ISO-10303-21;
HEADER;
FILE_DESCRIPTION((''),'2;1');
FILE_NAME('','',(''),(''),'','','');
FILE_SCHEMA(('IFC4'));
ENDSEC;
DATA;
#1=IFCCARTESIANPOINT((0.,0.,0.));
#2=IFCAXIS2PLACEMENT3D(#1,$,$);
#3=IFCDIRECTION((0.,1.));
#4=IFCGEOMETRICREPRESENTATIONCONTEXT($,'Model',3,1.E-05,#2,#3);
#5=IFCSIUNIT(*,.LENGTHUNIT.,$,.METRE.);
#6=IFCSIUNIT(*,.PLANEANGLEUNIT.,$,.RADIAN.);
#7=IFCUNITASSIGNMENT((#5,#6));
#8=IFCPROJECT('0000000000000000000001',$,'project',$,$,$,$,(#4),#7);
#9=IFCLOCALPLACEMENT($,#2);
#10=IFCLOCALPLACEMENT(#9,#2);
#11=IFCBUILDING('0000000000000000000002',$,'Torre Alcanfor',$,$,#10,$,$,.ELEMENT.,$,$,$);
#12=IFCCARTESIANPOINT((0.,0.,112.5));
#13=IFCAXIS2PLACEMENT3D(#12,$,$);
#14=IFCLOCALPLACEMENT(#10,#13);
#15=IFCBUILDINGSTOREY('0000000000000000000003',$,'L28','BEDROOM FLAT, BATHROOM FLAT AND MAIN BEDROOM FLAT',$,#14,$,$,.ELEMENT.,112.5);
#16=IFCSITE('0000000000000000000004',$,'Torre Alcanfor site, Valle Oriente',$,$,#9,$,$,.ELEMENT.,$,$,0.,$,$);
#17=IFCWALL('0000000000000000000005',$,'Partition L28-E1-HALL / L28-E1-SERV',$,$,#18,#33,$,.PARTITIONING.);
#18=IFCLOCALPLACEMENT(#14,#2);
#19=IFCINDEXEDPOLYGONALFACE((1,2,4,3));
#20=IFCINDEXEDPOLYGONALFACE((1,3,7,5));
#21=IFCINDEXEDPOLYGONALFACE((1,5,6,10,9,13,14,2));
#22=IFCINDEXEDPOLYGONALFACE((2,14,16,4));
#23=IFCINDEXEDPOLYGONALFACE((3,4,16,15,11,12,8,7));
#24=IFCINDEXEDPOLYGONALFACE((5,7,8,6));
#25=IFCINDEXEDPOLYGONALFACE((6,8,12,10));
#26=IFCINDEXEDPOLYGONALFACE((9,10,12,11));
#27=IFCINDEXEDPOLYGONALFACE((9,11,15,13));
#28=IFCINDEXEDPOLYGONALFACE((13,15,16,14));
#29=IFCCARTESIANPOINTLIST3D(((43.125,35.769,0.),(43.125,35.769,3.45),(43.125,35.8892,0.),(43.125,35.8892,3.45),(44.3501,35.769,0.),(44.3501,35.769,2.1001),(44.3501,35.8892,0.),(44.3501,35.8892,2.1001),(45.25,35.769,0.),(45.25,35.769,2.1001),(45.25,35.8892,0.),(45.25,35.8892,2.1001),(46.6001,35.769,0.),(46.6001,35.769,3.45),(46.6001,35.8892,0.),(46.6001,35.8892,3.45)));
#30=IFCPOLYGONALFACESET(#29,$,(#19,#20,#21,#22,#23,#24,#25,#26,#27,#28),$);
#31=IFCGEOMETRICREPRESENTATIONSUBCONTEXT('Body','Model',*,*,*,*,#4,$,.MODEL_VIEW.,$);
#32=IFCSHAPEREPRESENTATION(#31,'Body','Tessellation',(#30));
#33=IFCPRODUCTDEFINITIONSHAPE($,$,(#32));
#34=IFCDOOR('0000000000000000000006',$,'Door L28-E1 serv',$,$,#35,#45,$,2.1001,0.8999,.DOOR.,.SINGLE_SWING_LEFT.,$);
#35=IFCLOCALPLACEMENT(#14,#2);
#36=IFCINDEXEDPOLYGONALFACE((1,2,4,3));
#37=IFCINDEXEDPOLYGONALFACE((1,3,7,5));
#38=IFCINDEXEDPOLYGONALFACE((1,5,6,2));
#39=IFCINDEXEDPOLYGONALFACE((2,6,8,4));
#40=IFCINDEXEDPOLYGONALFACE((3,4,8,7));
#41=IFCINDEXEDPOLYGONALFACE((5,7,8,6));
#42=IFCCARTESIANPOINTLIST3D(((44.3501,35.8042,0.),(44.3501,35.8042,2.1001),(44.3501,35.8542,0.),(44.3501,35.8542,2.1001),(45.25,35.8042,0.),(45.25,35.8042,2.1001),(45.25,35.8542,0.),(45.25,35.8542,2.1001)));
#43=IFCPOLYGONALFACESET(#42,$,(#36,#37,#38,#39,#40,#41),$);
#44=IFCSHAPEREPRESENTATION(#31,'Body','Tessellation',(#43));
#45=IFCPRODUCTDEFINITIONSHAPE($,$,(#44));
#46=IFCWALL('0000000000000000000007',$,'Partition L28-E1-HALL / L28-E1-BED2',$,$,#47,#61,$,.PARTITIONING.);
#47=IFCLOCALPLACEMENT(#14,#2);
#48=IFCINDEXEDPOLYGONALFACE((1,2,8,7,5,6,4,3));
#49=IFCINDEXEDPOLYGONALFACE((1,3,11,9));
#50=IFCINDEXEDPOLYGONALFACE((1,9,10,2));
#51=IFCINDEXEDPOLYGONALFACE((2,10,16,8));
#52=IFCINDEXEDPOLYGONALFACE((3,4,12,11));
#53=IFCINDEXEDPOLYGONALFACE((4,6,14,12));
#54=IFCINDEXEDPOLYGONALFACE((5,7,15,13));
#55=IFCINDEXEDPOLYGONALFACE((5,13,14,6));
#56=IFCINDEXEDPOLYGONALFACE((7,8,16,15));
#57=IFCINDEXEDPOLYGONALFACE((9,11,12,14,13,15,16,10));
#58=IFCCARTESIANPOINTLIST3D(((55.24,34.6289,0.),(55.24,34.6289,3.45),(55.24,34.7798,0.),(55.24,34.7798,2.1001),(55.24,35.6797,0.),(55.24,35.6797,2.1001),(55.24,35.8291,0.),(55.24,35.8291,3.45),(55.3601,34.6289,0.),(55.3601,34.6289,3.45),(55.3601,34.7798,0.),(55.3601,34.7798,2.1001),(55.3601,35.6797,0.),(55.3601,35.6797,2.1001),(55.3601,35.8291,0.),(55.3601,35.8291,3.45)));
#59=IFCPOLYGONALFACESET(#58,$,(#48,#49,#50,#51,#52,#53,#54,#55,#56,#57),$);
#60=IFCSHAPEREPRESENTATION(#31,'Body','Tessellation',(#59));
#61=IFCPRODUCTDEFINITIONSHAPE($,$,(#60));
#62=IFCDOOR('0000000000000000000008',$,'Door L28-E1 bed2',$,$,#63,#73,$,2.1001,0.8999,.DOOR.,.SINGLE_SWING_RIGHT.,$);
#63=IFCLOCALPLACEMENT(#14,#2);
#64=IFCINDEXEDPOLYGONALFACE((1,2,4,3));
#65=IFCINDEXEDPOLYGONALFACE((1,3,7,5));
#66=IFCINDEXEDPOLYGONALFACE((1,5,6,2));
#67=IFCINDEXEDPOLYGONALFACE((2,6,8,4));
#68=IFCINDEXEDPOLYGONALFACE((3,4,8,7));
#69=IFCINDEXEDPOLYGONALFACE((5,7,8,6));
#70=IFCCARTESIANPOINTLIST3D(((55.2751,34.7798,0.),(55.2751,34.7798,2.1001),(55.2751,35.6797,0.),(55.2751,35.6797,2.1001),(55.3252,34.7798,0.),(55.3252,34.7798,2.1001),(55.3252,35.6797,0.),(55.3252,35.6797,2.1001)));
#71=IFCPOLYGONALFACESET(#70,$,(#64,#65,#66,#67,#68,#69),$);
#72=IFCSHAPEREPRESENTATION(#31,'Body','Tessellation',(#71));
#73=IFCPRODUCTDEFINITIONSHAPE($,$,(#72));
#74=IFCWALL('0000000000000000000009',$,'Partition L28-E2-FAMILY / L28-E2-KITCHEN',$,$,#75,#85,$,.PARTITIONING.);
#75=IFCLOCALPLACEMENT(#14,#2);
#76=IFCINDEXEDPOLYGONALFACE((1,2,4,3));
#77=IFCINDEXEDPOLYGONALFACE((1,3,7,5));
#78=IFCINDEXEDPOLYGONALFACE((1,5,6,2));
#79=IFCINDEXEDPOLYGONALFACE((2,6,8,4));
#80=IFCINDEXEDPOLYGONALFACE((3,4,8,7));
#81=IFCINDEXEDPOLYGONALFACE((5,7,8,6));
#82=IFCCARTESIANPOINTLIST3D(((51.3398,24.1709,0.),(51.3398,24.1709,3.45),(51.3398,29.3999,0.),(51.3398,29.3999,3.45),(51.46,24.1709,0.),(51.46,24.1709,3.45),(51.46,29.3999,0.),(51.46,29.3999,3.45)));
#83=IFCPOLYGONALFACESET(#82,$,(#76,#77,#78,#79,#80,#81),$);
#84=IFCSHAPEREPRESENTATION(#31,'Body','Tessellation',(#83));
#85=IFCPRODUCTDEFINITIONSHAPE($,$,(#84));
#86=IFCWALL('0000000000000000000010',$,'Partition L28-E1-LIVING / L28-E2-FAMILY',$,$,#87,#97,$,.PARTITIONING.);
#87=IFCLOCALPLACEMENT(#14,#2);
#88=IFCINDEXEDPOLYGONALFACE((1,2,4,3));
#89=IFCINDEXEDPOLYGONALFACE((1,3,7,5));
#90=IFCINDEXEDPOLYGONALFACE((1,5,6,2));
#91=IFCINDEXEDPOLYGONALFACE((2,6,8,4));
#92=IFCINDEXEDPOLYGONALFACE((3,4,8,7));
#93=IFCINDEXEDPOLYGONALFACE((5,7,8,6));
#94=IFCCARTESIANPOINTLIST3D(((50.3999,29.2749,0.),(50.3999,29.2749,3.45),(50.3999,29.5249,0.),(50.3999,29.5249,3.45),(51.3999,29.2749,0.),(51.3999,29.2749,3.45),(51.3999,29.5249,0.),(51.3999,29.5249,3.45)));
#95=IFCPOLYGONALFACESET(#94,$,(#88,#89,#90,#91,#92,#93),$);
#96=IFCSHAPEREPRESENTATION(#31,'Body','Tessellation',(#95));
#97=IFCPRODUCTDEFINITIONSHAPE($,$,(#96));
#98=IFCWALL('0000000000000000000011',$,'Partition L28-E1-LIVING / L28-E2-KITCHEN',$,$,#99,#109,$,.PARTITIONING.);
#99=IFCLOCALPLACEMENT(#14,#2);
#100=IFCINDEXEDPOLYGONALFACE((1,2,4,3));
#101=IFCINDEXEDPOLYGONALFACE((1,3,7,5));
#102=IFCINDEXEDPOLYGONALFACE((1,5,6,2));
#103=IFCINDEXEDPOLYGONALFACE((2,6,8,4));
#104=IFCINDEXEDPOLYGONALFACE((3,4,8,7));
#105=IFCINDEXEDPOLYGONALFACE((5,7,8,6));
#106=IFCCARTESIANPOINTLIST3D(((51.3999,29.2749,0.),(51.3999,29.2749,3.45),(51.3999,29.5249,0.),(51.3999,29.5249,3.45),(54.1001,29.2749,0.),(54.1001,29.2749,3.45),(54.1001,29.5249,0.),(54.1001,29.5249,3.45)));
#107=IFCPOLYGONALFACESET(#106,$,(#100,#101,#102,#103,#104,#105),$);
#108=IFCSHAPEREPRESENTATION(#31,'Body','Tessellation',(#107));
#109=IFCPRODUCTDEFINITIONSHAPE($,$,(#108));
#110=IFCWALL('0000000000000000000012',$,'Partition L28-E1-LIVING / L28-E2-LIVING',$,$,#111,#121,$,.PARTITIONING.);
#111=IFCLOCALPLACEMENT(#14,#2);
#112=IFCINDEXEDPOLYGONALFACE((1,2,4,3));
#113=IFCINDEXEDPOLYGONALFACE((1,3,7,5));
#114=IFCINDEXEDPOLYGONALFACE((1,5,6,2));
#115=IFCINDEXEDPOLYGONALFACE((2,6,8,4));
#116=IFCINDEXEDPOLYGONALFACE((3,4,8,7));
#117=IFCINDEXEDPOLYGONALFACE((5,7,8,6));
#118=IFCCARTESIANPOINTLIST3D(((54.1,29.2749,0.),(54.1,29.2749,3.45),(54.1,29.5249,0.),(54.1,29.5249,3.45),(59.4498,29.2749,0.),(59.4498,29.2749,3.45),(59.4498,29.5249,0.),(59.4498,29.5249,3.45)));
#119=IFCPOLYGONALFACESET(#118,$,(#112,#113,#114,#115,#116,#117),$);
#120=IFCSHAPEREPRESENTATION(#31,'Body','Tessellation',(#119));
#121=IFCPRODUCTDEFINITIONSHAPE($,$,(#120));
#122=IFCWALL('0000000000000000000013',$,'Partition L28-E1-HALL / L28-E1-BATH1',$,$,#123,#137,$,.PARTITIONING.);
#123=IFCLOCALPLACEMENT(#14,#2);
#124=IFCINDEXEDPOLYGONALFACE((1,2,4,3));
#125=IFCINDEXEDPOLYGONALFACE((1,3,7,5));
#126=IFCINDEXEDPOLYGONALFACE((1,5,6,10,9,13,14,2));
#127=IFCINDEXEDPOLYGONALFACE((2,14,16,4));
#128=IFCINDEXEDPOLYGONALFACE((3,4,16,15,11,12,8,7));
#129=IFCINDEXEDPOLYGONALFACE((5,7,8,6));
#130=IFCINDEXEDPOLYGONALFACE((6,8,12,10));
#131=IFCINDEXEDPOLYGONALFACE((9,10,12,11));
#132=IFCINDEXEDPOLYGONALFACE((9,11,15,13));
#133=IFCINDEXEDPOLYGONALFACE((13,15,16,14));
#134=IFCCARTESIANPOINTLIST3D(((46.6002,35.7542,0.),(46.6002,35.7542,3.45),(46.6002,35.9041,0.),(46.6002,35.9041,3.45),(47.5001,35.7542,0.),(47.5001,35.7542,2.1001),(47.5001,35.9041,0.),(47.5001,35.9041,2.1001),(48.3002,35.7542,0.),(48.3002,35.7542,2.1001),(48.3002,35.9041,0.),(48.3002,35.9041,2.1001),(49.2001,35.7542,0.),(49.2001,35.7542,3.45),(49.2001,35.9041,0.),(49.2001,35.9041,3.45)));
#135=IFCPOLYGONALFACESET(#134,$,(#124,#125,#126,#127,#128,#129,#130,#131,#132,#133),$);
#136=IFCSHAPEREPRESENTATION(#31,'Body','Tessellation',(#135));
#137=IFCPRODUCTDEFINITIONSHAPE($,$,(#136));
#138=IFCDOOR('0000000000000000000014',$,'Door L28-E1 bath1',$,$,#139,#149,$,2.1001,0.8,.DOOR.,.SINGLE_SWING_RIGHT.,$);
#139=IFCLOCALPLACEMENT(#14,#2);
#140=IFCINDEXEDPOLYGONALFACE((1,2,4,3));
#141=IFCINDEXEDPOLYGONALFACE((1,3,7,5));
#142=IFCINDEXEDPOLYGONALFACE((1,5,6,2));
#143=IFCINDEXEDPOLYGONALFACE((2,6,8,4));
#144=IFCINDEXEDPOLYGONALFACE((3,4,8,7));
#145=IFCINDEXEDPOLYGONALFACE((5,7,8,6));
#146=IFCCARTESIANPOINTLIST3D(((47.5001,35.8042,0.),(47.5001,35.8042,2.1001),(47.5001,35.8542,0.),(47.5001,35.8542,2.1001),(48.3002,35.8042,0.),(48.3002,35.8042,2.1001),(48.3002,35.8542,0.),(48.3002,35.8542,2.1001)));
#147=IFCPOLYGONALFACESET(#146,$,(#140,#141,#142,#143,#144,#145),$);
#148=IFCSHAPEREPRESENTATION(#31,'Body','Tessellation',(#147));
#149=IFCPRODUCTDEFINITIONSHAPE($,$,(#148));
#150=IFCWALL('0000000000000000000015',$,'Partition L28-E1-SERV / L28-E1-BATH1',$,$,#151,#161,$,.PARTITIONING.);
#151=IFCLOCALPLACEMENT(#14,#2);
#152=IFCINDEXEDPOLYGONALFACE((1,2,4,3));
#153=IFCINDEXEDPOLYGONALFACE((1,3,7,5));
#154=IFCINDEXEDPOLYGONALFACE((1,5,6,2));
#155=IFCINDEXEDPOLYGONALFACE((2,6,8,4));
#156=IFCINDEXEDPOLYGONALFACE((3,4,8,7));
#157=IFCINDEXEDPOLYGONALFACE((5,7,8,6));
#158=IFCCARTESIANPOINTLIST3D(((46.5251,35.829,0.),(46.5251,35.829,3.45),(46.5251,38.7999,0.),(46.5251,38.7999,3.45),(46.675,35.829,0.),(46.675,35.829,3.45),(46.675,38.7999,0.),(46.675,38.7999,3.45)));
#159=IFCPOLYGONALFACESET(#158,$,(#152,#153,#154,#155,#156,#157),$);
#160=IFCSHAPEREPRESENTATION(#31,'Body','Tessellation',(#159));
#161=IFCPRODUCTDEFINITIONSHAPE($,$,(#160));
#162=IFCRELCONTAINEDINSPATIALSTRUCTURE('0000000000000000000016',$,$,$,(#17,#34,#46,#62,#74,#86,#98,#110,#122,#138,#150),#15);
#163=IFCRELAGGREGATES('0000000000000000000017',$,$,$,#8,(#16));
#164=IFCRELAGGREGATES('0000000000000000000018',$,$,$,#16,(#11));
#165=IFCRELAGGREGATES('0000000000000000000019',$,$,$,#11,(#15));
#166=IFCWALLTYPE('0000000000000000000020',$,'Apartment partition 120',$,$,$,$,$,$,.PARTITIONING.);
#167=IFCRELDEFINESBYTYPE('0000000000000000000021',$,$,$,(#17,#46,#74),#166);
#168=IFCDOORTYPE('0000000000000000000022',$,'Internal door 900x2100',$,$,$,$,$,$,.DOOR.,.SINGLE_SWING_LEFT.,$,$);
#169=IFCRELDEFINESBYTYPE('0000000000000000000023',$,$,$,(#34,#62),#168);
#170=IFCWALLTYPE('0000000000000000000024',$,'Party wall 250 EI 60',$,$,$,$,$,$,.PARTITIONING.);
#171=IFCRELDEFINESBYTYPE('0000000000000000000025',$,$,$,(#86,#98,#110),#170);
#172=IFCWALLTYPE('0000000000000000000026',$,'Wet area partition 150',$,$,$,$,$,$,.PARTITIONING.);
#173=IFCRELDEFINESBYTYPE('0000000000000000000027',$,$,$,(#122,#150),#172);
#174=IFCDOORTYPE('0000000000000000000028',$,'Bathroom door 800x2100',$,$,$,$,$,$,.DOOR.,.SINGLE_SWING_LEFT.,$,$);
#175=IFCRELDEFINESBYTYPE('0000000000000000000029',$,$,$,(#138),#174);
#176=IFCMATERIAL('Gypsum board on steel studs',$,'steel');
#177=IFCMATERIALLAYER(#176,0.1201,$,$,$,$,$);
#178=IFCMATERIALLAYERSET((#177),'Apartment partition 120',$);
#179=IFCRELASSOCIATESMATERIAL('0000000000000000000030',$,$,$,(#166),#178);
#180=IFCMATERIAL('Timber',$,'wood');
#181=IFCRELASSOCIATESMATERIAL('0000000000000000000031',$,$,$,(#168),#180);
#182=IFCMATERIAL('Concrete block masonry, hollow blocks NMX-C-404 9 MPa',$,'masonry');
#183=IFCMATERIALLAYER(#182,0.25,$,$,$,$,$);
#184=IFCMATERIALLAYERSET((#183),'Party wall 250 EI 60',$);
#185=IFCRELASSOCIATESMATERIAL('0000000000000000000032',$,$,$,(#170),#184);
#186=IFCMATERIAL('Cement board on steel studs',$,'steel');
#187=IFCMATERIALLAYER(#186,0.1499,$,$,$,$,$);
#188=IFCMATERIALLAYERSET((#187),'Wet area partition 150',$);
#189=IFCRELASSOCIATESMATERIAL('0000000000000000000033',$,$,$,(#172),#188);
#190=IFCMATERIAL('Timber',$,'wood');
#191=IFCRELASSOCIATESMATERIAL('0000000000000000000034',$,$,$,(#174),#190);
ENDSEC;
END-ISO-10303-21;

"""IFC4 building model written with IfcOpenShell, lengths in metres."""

from ifc_helpers import new_model, si_unit, direction, frame, frame_2d, origin, place, context, subcontext, project, spatial, rectangle, extrude, material, layer, layer_set, type_object, element, fill, save


model = new_model("IFC4")

# Units and contexts
model_context = context("Model", 3, precision=1e-05, world=origin(), true_north=direction((0.0, 1.0)))
body_context = subcontext(model_context, "Body", "Model", "MODEL_VIEW")
ifc_project = project(units=[si_unit("LENGTHUNIT", "METRE"), si_unit("PLANEANGLEUNIT", "RADIAN")], contexts=[model_context])

# Site, building, storey
site_placement = place(None, origin())
site = spatial("IfcSite", under=ifc_project, at=site_placement, Name="Torre Alcanfor site, Valle Oriente", CompositionType="ELEMENT", RefElevation=0.0)
building_placement = place(site_placement, origin())
building = spatial("IfcBuilding", under=site, at=building_placement, Name="Torre Alcanfor", CompositionType="ELEMENT")
storey_placement = place(building_placement, frame((0.0, 0.0, 112.5)))
storey = spatial("IfcBuildingStorey", under=building, at=storey_placement, Name="L28", Description="BEDROOM FLAT, BATHROOM FLAT AND MAIN BEDROOM FLAT", CompositionType="ELEMENT", Elevation=112.5)

# Shared definitions
ifc_material_1 = material(Name="Gypsum board on steel studs", Category="steel")
ifc_layer_1 = layer(ifc_material_1, 0.1201)
ifc_layer_set_1 = layer_set([ifc_layer_1], Name="Apartment partition 120")
wall_type_1 = type_object("IfcWallType", Name="Apartment partition 120", PredefinedType="PARTITIONING", material=ifc_layer_set_1)
ifc_material_2 = material(Name="Timber", Category="wood")
door_type_1 = type_object("IfcDoorType", Name="Internal door 900x2100", OperationType="SINGLE_SWING_LEFT", PredefinedType="DOOR", material=ifc_material_2)

# Walls, openings, doors
wall_1_placement = place(storey_placement, frame((46.6001, 35.8291, 0.0), z_axis=(0.0, 0.0, 1.0), x_axis=(-1.0, 0.0, 0.0)))
wall_1 = element("IfcWall", 1, at=wall_1_placement, inside=storey, type_object=wall_type_1, Name="Partition L28-E1-HALL / L28-E1-SERV", PredefinedType="PARTITIONING", context=body_context, shape_type="SweptSolid", body=[
    extrude(rectangle(XDim=3.4751, YDim=0.1201, at=frame_2d((1.7375, 0.0))), origin(), (0.0, 0.0, 1.0), 3.45),
])
opening_1_placement = place(wall_1_placement, frame((1.3501, 0.0, 0.0)))
opening_1 = element("IfcOpeningElement", 2, at=opening_1_placement, cuts=wall_1, PredefinedType="OPENING", context=body_context, shape_type="SweptSolid", body=[
    extrude(rectangle(XDim=0.8999, YDim=2.1001, at=frame_2d((0.45, 1.05))), frame((0.0, 0.0701, 0.0), z_axis=(0.0, -1.0, 0.0), x_axis=(1.0, 0.0, 0.0)), (0.0, 0.0, 1.0), 0.1401),
])
door_1_placement = place(opening_1_placement, frame((0.8999, 0.0, 0.0), z_axis=(0.0, 0.0, 1.0), x_axis=(-1.0, 0.0, 0.0)))
door_1 = element("IfcDoor", 3, at=door_1_placement, inside=storey, type_object=door_type_1, Name="Door L28-E1 serv", OperationType="SINGLE_SWING_LEFT", OverallHeight=2.1001, OverallWidth=0.8999, PredefinedType="DOOR", context=body_context, shape_type="SweptSolid", body=[
    extrude(rectangle(XDim=0.8999, YDim=2.1001, at=frame_2d((0.45, 1.05))), frame((0.0, 0.0251, 0.0), z_axis=(0.0, -1.0, 0.0), x_axis=(1.0, 0.0, 0.0)), (0.0, 0.0, 1.0), 0.05),
])
fill(opening_1, door_1)
wall_2_placement = place(storey_placement, frame((55.3, 34.6289, 0.0), z_axis=(0.0, 0.0, 1.0), x_axis=(0.0, 1.0, 0.0)))
wall_2 = element("IfcWall", 4, at=wall_2_placement, inside=storey, type_object=wall_type_1, Name="Partition L28-E1-HALL / L28-E1-BED2", PredefinedType="PARTITIONING", context=body_context, shape_type="SweptSolid", body=[
    extrude(rectangle(XDim=1.2002, YDim=0.1201, at=frame_2d((0.6001, 0.0))), origin(), (0.0, 0.0, 1.0), 3.45),
])
opening_2_placement = place(wall_2_placement, frame((0.1509, 0.0, 0.0)))
opening_2 = element("IfcOpeningElement", 5, at=opening_2_placement, cuts=wall_2, PredefinedType="OPENING", context=body_context, shape_type="SweptSolid", body=[
    extrude(rectangle(XDim=0.8999, YDim=2.1001, at=frame_2d((0.45, 1.05))), frame((0.0, 0.0701, 0.0), z_axis=(0.0, -1.0, 0.0), x_axis=(1.0, 0.0, 0.0)), (0.0, 0.0, 1.0), 0.1401),
])
door_2_placement = place(opening_2_placement, frame((0.8999, 0.0, 0.0), z_axis=(0.0, 0.0, 1.0), x_axis=(-1.0, 0.0, 0.0)))
door_2 = element("IfcDoor", 6, at=door_2_placement, inside=storey, type_object=door_type_1, Name="Door L28-E1 bed2", OperationType="SINGLE_SWING_RIGHT", OverallHeight=2.1001, OverallWidth=0.8999, PredefinedType="DOOR", context=body_context, shape_type="SweptSolid", body=[
    extrude(rectangle(XDim=0.8999, YDim=2.1001, at=frame_2d((0.45, 1.05))), frame((0.0, 0.0251, 0.0), z_axis=(0.0, -1.0, 0.0), x_axis=(1.0, 0.0, 0.0)), (0.0, 0.0, 1.0), 0.05),
])
fill(opening_2, door_2)

# Walls
wall_3_placement = place(storey_placement, frame((51.3999, 29.3999, 0.0), z_axis=(0.0, 0.0, 1.0), x_axis=(0.0, -1.0, 0.0)))
element("IfcWall", 7, at=wall_3_placement, inside=storey, type_object=wall_type_1, Name="Partition L28-E2-FAMILY / L28-E2-KITCHEN", PredefinedType="PARTITIONING", context=body_context, shape_type="SweptSolid", body=[
    extrude(rectangle(XDim=5.229, YDim=0.1201, at=frame_2d((2.6145, 0.0))), origin(), (0.0, 0.0, 1.0), 3.45),
])
ifc_material_3 = material(Name="Concrete block masonry, hollow blocks NMX-C-404 9 MPa", Category="masonry")
ifc_layer_2 = layer(ifc_material_3, 0.25)
ifc_layer_set_2 = layer_set([ifc_layer_2], Name="Party wall 250 EI 60")
wall_type_2 = type_object("IfcWallType", Name="Party wall 250 EI 60", PredefinedType="PARTITIONING", material=ifc_layer_set_2)
wall_4_placement = place(storey_placement, frame((50.3999, 29.3999, 0.0), z_axis=(0.0, 0.0, 1.0), x_axis=(1.0, 0.0, 0.0)))
element("IfcWall", 8, at=wall_4_placement, inside=storey, type_object=wall_type_2, Name="Partition L28-E1-LIVING / L28-E2-FAMILY", PredefinedType="PARTITIONING", context=body_context, shape_type="SweptSolid", body=[
    extrude(rectangle(XDim=1.0, YDim=0.25, at=frame_2d((0.5, 0.0))), origin(), (0.0, 0.0, 1.0), 3.45),
])
wall_5_placement = place(storey_placement, frame((51.3999, 29.3999, 0.0), z_axis=(0.0, 0.0, 1.0), x_axis=(1.0, 0.0, 0.0)))
element("IfcWall", 9, at=wall_5_placement, inside=storey, type_object=wall_type_2, Name="Partition L28-E1-LIVING / L28-E2-KITCHEN", PredefinedType="PARTITIONING", context=body_context, shape_type="SweptSolid", body=[
    extrude(rectangle(XDim=2.7002, YDim=0.25, at=frame_2d((1.3501, 0.0))), origin(), (0.0, 0.0, 1.0), 3.45),
])
wall_6_placement = place(storey_placement, frame((54.1001, 29.3999, 0.0), z_axis=(0.0, 0.0, 1.0), x_axis=(1.0, 0.0, 0.0)))
element("IfcWall", 10, at=wall_6_placement, inside=storey, type_object=wall_type_2, Name="Partition L28-E1-LIVING / L28-E2-LIVING", PredefinedType="PARTITIONING", context=body_context, shape_type="SweptSolid", body=[
    extrude(rectangle(XDim=5.3499, YDim=0.25, at=frame_2d((2.6748, 0.0))), origin(), (0.0, 0.0, 1.0), 3.45),
])

# Wall, opening, door
ifc_material_4 = material(Name="Cement board on steel studs", Category="steel")
ifc_layer_3 = layer(ifc_material_4, 0.1499)
ifc_layer_set_3 = layer_set([ifc_layer_3], Name="Wet area partition 150")
wall_type_3 = type_object("IfcWallType", Name="Wet area partition 150", PredefinedType="PARTITIONING", material=ifc_layer_set_3)
wall_7_placement = place(storey_placement, frame((49.2, 35.8291, 0.0), z_axis=(0.0, 0.0, 1.0), x_axis=(-1.0, 0.0, 0.0)))
wall_7 = element("IfcWall", 11, at=wall_7_placement, inside=storey, type_object=wall_type_3, Name="Partition L28-E1-HALL / L28-E1-BATH1", PredefinedType="PARTITIONING", context=body_context, shape_type="SweptSolid", body=[
    extrude(rectangle(XDim=2.5999, YDim=0.1499, at=frame_2d((1.2998, 0.0))), origin(), (0.0, 0.0, 1.0), 3.45),
])
opening_3_placement = place(wall_7_placement, frame((0.8999, 0.0, 0.0)))
opening_3 = element("IfcOpeningElement", 12, at=opening_3_placement, cuts=wall_7, PredefinedType="OPENING", context=body_context, shape_type="SweptSolid", body=[
    extrude(rectangle(XDim=0.8, YDim=2.1001, at=frame_2d((0.3999, 1.05))), frame((0.0, 0.085, 0.0), z_axis=(0.0, -1.0, 0.0), x_axis=(1.0, 0.0, 0.0)), (0.0, 0.0, 1.0), 0.1699),
])
ifc_material_5 = material(Name="Timber", Category="wood")
door_type_2 = type_object("IfcDoorType", Name="Bathroom door 800x2100", OperationType="SINGLE_SWING_LEFT", PredefinedType="DOOR", material=ifc_material_5)
door_3_placement = place(opening_3_placement, frame((0.8, 0.0, 0.0), z_axis=(0.0, 0.0, 1.0), x_axis=(-1.0, 0.0, 0.0)))
door_3 = element("IfcDoor", 13, at=door_3_placement, inside=storey, type_object=door_type_2, Name="Door L28-E1 bath1", OperationType="SINGLE_SWING_RIGHT", OverallHeight=2.1001, OverallWidth=0.8, PredefinedType="DOOR", context=body_context, shape_type="SweptSolid", body=[
    extrude(rectangle(XDim=0.8, YDim=2.1001, at=frame_2d((0.4001, 1.05))), frame((0.0, 0.0251, 0.0), z_axis=(0.0, -1.0, 0.0), x_axis=(1.0, 0.0, 0.0)), (0.0, 0.0, 1.0), 0.05),
])
fill(opening_3, door_3)

# Wall
wall_8_placement = place(storey_placement, frame((46.6001, 35.8291, 0.0), z_axis=(0.0, 0.0, 1.0), x_axis=(0.0, 1.0, 0.0)))
element("IfcWall", 14, at=wall_8_placement, inside=storey, type_object=wall_type_3, Name="Partition L28-E1-SERV / L28-E1-BATH1", PredefinedType="PARTITIONING", context=body_context, shape_type="SweptSolid", body=[
    extrude(rectangle(XDim=2.9709, YDim=0.1499, at=frame_2d((1.4854, 0.0))), origin(), (0.0, 0.0, 1.0), 3.45),
])

save(model, "model.ifc")
